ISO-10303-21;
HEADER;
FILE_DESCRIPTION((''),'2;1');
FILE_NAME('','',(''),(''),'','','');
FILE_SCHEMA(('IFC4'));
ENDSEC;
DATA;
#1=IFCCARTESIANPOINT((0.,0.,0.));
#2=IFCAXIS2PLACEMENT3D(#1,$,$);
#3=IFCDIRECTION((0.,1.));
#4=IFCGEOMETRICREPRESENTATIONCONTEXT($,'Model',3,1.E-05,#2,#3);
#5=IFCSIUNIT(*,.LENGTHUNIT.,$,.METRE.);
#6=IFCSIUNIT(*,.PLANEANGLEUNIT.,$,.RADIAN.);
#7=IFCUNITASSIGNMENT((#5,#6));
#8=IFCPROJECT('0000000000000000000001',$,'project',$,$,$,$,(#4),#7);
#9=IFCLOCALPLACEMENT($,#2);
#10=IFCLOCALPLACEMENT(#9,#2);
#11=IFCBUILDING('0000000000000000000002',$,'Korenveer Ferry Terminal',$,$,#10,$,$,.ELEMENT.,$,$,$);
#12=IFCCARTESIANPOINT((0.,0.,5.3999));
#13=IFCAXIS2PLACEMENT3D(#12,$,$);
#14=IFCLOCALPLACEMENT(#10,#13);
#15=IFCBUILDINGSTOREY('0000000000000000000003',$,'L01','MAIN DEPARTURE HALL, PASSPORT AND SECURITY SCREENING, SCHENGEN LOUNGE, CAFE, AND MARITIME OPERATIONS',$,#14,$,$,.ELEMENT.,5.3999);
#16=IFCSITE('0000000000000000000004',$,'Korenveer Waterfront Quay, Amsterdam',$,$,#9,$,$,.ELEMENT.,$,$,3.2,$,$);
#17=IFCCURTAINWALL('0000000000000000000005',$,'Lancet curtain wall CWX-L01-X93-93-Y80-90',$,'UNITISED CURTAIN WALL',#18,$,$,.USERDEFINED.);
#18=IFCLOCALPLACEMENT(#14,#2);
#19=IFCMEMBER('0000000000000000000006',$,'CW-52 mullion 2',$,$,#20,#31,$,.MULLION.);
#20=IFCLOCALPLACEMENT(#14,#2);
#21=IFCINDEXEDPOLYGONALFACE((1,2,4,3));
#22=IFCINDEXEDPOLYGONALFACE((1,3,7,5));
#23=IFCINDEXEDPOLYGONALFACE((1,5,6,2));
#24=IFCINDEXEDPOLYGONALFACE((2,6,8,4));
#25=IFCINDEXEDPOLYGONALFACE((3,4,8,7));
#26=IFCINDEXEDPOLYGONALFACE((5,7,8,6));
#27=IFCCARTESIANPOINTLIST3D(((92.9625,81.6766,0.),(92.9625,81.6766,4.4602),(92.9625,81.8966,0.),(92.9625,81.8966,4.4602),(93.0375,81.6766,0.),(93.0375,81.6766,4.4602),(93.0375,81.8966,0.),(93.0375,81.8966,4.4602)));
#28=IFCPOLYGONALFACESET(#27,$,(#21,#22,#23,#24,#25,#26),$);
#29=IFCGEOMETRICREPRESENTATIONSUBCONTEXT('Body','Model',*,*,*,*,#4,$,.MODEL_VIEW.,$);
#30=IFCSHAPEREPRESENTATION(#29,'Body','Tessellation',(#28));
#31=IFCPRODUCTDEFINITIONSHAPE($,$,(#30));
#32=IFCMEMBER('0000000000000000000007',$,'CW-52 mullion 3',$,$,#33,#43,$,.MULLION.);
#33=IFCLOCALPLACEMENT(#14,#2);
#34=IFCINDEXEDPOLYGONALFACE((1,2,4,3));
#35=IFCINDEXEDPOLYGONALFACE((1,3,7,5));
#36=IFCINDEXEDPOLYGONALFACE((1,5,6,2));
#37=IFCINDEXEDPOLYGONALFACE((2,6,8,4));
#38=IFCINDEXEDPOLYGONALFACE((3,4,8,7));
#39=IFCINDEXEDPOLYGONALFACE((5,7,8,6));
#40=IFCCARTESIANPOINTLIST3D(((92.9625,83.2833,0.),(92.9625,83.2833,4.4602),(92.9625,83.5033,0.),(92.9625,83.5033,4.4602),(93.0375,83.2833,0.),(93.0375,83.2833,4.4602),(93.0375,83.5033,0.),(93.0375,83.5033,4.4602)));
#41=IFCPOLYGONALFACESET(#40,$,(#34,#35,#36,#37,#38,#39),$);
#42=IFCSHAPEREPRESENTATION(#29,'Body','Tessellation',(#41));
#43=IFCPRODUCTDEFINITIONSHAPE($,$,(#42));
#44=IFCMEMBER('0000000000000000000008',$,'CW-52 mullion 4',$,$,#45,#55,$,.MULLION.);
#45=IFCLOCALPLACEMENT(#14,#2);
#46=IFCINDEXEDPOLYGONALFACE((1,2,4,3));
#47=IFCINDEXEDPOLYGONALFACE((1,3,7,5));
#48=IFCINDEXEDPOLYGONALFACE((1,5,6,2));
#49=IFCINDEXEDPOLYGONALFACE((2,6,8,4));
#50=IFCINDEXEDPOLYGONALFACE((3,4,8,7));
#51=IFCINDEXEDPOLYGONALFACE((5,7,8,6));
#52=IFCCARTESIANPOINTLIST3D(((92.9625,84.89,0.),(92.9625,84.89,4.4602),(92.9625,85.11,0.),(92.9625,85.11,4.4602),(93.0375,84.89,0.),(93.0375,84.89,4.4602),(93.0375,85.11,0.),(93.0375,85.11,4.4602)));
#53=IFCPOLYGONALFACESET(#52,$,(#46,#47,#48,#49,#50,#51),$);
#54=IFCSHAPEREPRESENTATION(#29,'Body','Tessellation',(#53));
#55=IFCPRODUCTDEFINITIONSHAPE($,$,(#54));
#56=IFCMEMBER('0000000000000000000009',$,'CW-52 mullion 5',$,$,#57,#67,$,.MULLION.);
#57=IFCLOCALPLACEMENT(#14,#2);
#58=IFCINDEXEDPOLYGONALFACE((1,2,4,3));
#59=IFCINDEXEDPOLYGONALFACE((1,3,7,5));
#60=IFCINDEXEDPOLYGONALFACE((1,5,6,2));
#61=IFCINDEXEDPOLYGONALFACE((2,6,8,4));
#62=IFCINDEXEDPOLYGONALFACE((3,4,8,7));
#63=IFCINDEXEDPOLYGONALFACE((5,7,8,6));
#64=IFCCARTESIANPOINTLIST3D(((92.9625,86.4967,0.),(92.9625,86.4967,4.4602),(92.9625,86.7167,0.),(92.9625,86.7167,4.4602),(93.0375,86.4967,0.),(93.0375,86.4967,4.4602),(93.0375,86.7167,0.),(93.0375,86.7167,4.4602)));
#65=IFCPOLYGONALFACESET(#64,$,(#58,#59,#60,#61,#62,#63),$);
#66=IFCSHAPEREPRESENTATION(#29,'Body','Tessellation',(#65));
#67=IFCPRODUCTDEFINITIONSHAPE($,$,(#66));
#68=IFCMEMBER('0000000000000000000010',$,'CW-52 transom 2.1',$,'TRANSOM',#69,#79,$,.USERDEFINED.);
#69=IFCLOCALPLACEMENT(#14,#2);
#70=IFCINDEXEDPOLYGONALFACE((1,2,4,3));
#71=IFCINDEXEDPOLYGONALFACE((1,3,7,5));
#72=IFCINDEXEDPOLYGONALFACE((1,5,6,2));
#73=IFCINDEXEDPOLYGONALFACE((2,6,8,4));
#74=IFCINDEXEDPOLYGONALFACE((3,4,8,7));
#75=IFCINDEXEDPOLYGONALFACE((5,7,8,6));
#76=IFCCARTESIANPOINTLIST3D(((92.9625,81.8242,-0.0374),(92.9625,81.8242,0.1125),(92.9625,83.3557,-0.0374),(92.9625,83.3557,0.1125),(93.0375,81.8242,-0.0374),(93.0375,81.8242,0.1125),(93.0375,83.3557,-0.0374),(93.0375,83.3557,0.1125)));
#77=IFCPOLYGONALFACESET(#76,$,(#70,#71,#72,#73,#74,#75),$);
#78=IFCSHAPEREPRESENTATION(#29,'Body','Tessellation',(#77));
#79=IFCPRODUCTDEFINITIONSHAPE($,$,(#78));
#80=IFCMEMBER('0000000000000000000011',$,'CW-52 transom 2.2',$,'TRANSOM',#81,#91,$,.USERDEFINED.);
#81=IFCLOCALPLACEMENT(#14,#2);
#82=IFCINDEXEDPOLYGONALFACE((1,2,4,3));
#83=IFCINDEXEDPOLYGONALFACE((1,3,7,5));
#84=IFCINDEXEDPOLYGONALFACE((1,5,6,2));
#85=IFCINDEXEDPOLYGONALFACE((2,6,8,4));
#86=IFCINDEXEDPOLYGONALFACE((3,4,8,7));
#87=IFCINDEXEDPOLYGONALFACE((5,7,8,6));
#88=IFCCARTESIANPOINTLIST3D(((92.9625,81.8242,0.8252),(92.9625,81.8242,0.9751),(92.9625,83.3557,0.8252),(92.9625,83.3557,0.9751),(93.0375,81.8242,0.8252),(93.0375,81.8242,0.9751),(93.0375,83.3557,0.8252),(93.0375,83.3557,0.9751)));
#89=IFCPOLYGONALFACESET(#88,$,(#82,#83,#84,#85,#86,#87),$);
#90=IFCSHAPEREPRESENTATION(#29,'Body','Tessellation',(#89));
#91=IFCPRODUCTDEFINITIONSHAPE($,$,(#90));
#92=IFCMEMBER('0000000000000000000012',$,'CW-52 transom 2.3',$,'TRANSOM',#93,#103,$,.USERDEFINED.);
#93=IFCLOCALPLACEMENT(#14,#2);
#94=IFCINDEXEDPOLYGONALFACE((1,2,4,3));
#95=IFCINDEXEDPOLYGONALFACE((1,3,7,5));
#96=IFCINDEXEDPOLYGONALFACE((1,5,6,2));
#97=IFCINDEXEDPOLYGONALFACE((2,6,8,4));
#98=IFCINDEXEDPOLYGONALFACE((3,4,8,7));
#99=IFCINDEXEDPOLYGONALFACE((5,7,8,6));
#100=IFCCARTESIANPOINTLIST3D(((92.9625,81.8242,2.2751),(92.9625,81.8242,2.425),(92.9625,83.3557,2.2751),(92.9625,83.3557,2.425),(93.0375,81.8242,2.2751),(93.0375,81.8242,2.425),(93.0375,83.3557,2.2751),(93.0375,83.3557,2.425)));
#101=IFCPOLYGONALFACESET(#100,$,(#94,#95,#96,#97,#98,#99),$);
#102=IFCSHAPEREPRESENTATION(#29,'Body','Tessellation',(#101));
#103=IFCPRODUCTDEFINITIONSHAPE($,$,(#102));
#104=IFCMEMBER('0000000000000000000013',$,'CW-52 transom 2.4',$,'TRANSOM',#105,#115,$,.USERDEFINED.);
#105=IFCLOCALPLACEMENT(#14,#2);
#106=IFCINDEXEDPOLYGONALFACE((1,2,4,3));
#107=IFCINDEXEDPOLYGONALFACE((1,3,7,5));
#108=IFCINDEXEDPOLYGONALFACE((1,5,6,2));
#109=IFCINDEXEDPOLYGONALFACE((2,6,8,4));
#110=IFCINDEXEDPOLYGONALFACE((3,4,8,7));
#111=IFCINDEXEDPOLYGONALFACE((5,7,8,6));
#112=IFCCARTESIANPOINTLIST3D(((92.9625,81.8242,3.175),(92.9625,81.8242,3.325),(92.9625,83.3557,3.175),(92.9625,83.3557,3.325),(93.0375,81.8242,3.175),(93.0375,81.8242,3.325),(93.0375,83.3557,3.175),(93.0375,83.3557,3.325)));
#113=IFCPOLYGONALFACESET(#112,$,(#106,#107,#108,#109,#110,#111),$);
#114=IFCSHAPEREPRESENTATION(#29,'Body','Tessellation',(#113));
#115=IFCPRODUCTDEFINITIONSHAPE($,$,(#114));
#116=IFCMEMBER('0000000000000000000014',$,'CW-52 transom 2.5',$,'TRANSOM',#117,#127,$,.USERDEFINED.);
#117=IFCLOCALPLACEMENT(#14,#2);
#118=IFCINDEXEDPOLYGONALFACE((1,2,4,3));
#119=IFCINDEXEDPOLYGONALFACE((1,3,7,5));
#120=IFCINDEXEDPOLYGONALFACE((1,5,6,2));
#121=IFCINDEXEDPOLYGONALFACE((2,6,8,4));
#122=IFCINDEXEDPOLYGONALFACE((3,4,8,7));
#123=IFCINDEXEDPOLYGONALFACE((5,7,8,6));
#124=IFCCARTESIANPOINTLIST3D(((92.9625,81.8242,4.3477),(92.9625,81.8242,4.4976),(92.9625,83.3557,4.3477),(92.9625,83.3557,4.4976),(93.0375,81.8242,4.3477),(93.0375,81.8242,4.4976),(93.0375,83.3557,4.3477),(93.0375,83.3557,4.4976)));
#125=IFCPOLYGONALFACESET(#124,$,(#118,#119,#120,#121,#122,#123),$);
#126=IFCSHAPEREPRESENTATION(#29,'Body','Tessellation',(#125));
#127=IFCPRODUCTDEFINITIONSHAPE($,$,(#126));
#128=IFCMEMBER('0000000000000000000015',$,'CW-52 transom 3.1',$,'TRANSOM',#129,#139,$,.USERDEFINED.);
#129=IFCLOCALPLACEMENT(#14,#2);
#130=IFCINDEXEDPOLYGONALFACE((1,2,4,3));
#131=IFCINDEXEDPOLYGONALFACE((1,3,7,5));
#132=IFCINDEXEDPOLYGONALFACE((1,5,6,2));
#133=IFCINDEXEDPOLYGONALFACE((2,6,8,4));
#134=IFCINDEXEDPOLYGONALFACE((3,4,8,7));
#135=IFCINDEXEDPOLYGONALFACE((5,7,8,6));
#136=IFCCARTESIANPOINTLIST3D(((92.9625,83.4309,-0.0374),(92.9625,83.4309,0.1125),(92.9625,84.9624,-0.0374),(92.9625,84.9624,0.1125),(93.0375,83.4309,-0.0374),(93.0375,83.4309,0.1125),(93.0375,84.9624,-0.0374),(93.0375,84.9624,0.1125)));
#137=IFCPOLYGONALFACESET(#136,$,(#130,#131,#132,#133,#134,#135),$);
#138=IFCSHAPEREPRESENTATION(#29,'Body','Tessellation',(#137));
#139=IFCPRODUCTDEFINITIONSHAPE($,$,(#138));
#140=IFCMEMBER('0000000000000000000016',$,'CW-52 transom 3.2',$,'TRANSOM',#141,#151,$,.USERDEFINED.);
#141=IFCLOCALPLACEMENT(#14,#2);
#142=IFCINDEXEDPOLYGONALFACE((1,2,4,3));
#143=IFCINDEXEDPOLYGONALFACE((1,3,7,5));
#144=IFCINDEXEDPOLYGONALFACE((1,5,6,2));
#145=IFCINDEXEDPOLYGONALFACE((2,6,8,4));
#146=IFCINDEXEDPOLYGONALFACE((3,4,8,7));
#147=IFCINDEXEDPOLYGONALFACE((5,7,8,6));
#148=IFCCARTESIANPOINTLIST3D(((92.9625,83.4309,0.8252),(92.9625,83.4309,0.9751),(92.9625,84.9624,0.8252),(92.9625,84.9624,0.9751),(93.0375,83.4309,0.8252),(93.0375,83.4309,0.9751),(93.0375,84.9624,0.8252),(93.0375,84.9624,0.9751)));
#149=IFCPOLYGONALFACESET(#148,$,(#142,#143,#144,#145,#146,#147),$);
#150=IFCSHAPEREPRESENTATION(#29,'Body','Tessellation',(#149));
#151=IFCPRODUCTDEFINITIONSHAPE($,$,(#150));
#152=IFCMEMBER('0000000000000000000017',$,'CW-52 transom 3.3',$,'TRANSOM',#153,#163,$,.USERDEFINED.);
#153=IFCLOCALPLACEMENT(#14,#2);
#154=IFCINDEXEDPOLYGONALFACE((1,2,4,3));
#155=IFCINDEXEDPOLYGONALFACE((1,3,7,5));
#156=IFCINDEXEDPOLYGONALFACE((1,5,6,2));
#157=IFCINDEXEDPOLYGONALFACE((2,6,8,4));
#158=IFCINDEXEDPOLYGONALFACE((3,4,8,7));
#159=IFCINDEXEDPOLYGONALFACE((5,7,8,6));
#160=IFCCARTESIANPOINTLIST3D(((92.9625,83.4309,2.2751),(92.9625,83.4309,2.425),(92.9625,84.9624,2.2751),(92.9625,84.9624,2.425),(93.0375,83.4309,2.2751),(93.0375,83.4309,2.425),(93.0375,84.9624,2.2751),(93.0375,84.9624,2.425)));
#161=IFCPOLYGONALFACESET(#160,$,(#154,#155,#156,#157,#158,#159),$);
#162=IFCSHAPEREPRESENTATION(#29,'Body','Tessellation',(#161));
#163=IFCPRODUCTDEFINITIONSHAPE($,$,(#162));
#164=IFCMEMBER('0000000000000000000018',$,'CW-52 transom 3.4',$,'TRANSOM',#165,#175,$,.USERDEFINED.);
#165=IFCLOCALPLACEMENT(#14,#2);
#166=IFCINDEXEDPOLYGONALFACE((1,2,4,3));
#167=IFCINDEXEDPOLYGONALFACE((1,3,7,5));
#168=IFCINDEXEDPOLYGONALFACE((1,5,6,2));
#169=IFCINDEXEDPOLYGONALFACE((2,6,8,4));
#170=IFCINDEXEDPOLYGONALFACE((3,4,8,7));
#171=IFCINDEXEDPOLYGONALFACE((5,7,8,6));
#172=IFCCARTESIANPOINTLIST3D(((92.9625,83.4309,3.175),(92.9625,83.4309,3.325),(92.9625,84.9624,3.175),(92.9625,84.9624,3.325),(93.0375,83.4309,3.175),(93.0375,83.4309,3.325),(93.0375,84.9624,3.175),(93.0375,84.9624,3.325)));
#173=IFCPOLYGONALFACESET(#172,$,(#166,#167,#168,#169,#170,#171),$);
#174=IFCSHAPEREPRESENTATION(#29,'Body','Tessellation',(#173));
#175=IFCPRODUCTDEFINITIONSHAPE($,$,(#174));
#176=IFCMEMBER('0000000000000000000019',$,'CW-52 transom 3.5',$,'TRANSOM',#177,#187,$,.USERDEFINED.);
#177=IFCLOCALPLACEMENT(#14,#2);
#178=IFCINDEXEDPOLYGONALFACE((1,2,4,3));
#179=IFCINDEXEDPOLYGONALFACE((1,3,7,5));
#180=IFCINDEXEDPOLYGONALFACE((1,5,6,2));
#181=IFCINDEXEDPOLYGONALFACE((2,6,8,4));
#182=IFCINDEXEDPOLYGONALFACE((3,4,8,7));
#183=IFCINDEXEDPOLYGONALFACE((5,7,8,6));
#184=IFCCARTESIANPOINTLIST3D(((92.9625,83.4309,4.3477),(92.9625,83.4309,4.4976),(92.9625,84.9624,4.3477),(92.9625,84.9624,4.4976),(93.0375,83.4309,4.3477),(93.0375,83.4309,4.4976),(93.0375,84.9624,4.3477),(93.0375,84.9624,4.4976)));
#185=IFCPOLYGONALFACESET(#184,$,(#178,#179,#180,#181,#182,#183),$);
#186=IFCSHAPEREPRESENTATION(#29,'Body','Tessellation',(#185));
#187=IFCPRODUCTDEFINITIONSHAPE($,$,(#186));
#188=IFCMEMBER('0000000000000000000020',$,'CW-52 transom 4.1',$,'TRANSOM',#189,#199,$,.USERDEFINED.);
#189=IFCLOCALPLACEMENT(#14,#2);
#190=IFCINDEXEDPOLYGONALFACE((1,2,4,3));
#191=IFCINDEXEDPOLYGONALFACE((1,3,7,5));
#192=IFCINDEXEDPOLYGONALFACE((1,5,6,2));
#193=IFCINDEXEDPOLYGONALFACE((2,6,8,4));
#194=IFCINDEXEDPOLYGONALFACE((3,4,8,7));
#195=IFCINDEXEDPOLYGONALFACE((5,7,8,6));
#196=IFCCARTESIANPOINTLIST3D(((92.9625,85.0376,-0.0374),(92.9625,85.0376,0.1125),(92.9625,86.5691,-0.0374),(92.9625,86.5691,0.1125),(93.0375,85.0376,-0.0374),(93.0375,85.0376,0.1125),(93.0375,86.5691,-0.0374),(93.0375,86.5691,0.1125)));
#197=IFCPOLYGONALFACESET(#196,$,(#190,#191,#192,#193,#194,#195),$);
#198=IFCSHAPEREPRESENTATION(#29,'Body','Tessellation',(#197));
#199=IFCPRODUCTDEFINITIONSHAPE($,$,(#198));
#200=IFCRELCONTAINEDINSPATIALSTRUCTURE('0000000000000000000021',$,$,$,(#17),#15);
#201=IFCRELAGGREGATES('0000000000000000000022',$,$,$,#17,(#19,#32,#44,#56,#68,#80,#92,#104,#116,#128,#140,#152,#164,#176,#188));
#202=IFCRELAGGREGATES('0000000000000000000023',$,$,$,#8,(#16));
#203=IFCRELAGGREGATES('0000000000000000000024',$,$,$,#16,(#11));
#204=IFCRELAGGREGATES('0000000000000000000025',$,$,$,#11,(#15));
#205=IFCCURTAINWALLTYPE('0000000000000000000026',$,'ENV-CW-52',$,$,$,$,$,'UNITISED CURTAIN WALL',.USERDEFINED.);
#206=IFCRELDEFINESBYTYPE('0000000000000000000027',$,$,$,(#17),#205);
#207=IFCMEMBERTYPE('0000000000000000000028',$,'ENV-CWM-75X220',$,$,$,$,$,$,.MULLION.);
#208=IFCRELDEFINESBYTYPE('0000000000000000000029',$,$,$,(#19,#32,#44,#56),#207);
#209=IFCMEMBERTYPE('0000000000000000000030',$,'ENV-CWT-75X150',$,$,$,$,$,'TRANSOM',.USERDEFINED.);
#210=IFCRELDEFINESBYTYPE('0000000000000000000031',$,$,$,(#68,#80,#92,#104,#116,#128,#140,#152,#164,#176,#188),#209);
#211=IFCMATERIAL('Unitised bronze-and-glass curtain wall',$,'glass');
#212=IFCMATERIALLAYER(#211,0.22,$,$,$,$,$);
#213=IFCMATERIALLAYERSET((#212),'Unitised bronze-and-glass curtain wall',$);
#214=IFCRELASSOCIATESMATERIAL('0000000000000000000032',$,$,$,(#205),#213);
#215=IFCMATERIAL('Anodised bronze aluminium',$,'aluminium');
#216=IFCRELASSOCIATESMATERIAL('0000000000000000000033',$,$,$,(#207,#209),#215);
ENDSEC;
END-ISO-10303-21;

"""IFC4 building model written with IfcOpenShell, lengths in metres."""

from ifc_helpers import new_model, si_unit, direction, frame, origin, origin_2d, place, context, subcontext, project, spatial, rectangle, extrude, material, layer, layer_set, material_profile, profile_set, type_object, element, aggregate, save


model = new_model("IFC4")

# Units and contexts
model_context = context("Model", 3, precision=1e-05, world=origin(), true_north=direction((0.0, 1.0)))
body_context = subcontext(model_context, "Body", "Model", "MODEL_VIEW")
ifc_project = project(units=[si_unit("LENGTHUNIT", "METRE"), si_unit("PLANEANGLEUNIT", "RADIAN")], contexts=[model_context])

# Site, building, storey
site_placement = place(None, origin())
site = spatial("IfcSite", under=ifc_project, at=site_placement, Name="Korenveer Waterfront Quay, Amsterdam", CompositionType="ELEMENT", RefElevation=3.2)
building_placement = place(site_placement, origin())
building = spatial("IfcBuilding", under=site, at=building_placement, Name="Korenveer Ferry Terminal", CompositionType="ELEMENT")
storey_placement = place(building_placement, frame((0.0, 0.0, 5.3999)))
storey = spatial("IfcBuildingStorey", under=building, at=storey_placement, Name="L01", Description="MAIN DEPARTURE HALL, PASSPORT AND SECURITY SCREENING, SCHENGEN LOUNGE, CAFE, AND MARITIME OPERATIONS", CompositionType="ELEMENT", Elevation=5.3999)

# Curtain wall, members
ifc_material_1 = material(Name="Unitised bronze-and-glass curtain wall", Category="glass")
ifc_layer_1 = layer(ifc_material_1, 0.22)
ifc_layer_set_1 = layer_set([ifc_layer_1], Name="Unitised bronze-and-glass curtain wall")
curtain_wall_type = type_object("IfcCurtainWallType", Name="ENV-CW-52", ElementType="UNITISED CURTAIN WALL", PredefinedType="USERDEFINED", material=ifc_layer_set_1)
curtain_wall_placement = place(storey_placement, frame((93.0, 80.1799, 0.0)))
curtain_wall = element("IfcCurtainWall", 1, at=curtain_wall_placement, inside=storey, type_object=curtain_wall_type, Name="Lancet curtain wall CWX-L01-X93-93-Y80-90", ObjectType="UNITISED CURTAIN WALL", PredefinedType="USERDEFINED")
ifc_material_2 = material(Name="Anodised bronze aluminium", Category="aluminium")
ifc_material_profile_1 = material_profile(ifc_material_2, rectangle(XDim=0.075, YDim=0.22, at=origin_2d()), Name="ALU 75x220")
ifc_profile_set_1 = profile_set([ifc_material_profile_1], Name="Anodised bronze aluminium")
member_type_1 = type_object("IfcMemberType", Name="ENV-CWM-75X220", PredefinedType="MULLION", material=ifc_profile_set_1)
member_1_placement = place(storey_placement, frame((93.0, 81.7866, 0.0), z_axis=(0.0, 0.0, 1.0), x_axis=(-1.0, 0.0, 0.0)))
member_1 = element("IfcMember", 2, at=member_1_placement, type_object=member_type_1, Name="CW-52 mullion 2", PredefinedType="MULLION", context=body_context, shape_type="SweptSolid", body=[
    extrude(rectangle(XDim=0.075, YDim=0.22, at=origin_2d()), origin(), (0.0, 0.0, 1.0), 4.4602),
])
member_2_placement = place(storey_placement, frame((93.0, 83.3933, 0.0), z_axis=(0.0, 0.0, 1.0), x_axis=(-1.0, 0.0, 0.0)))
member_2 = element("IfcMember", 3, at=member_2_placement, type_object=member_type_1, Name="CW-52 mullion 3", PredefinedType="MULLION", context=body_context, shape_type="SweptSolid", body=[
    extrude(rectangle(XDim=0.075, YDim=0.22, at=origin_2d()), origin(), (0.0, 0.0, 1.0), 4.4602),
])
member_3_placement = place(storey_placement, frame((93.0, 85.0, 0.0), z_axis=(0.0, 0.0, 1.0), x_axis=(-1.0, 0.0, 0.0)))
member_3 = element("IfcMember", 4, at=member_3_placement, type_object=member_type_1, Name="CW-52 mullion 4", PredefinedType="MULLION", context=body_context, shape_type="SweptSolid", body=[
    extrude(rectangle(XDim=0.075, YDim=0.22, at=origin_2d()), origin(), (0.0, 0.0, 1.0), 4.4602),
])
member_4_placement = place(storey_placement, frame((93.0, 86.6067, 0.0), z_axis=(0.0, 0.0, 1.0), x_axis=(-1.0, 0.0, 0.0)))
member_4 = element("IfcMember", 5, at=member_4_placement, type_object=member_type_1, Name="CW-52 mullion 5", PredefinedType="MULLION", context=body_context, shape_type="SweptSolid", body=[
    extrude(rectangle(XDim=0.075, YDim=0.22, at=origin_2d()), origin(), (0.0, 0.0, 1.0), 4.4602),
])
ifc_material_profile_2 = material_profile(ifc_material_2, rectangle(XDim=0.075, YDim=0.1499, at=origin_2d()), Name="ALU 75x150")
ifc_profile_set_2 = profile_set([ifc_material_profile_2], Name="Anodised bronze aluminium")
member_type_2 = type_object("IfcMemberType", Name="ENV-CWT-75X150", ElementType="TRANSOM", PredefinedType="USERDEFINED", material=ifc_profile_set_2)
member_5_placement = place(storey_placement, frame((93.0, 81.8242, 0.0376), z_axis=(0.0, 1.0, 0.0), x_axis=(-1.0, 0.0, 0.0)))
member_5 = element("IfcMember", 6, at=member_5_placement, type_object=member_type_2, Name="CW-52 transom 2.1", ObjectType="TRANSOM", PredefinedType="USERDEFINED", context=body_context, shape_type="SweptSolid", body=[
    extrude(rectangle(XDim=0.075, YDim=0.1499, at=origin_2d()), origin(), (0.0, 0.0, 1.0), 1.5315),
])
member_6_placement = place(storey_placement, frame((93.0, 81.8242, 0.9001), z_axis=(0.0, 1.0, 0.0), x_axis=(-1.0, 0.0, 0.0)))
member_6 = element("IfcMember", 7, at=member_6_placement, type_object=member_type_2, Name="CW-52 transom 2.2", ObjectType="TRANSOM", PredefinedType="USERDEFINED", context=body_context, shape_type="SweptSolid", body=[
    extrude(rectangle(XDim=0.075, YDim=0.1499, at=origin_2d()), origin(), (0.0, 0.0, 1.0), 1.5315),
])
member_7_placement = place(storey_placement, frame((93.0, 81.8242, 2.3501), z_axis=(0.0, 1.0, 0.0), x_axis=(-1.0, 0.0, 0.0)))
member_7 = element("IfcMember", 8, at=member_7_placement, type_object=member_type_2, Name="CW-52 transom 2.3", ObjectType="TRANSOM", PredefinedType="USERDEFINED", context=body_context, shape_type="SweptSolid", body=[
    extrude(rectangle(XDim=0.075, YDim=0.1499, at=origin_2d()), origin(), (0.0, 0.0, 1.0), 1.5315),
])
member_8_placement = place(storey_placement, frame((93.0, 81.8242, 3.25), z_axis=(0.0, 1.0, 0.0), x_axis=(-1.0, 0.0, 0.0)))
member_8 = element("IfcMember", 9, at=member_8_placement, type_object=member_type_2, Name="CW-52 transom 2.4", ObjectType="TRANSOM", PredefinedType="USERDEFINED", context=body_context, shape_type="SweptSolid", body=[
    extrude(rectangle(XDim=0.075, YDim=0.1499, at=origin_2d()), origin(), (0.0, 0.0, 1.0), 1.5315),
])
member_9_placement = place(storey_placement, frame((93.0, 81.8242, 4.4226), z_axis=(0.0, 1.0, 0.0), x_axis=(-1.0, 0.0, 0.0)))
member_9 = element("IfcMember", 10, at=member_9_placement, type_object=member_type_2, Name="CW-52 transom 2.5", ObjectType="TRANSOM", PredefinedType="USERDEFINED", context=body_context, shape_type="SweptSolid", body=[
    extrude(rectangle(XDim=0.075, YDim=0.1499, at=origin_2d()), origin(), (0.0, 0.0, 1.0), 1.5315),
])
member_10_placement = place(storey_placement, frame((93.0, 83.4309, 0.0376), z_axis=(0.0, 1.0, 0.0), x_axis=(-1.0, 0.0, 0.0)))
member_10 = element("IfcMember", 11, at=member_10_placement, type_object=member_type_2, Name="CW-52 transom 3.1", ObjectType="TRANSOM", PredefinedType="USERDEFINED", context=body_context, shape_type="SweptSolid", body=[
    extrude(rectangle(XDim=0.075, YDim=0.1499, at=origin_2d()), origin(), (0.0, 0.0, 1.0), 1.5315),
])
member_11_placement = place(storey_placement, frame((93.0, 83.4309, 0.9001), z_axis=(0.0, 1.0, 0.0), x_axis=(-1.0, 0.0, 0.0)))
member_11 = element("IfcMember", 12, at=member_11_placement, type_object=member_type_2, Name="CW-52 transom 3.2", ObjectType="TRANSOM", PredefinedType="USERDEFINED", context=body_context, shape_type="SweptSolid", body=[
    extrude(rectangle(XDim=0.075, YDim=0.1499, at=origin_2d()), origin(), (0.0, 0.0, 1.0), 1.5315),
])
member_12_placement = place(storey_placement, frame((93.0, 83.4309, 2.3501), z_axis=(0.0, 1.0, 0.0), x_axis=(-1.0, 0.0, 0.0)))
member_12 = element("IfcMember", 13, at=member_12_placement, type_object=member_type_2, Name="CW-52 transom 3.3", ObjectType="TRANSOM", PredefinedType="USERDEFINED", context=body_context, shape_type="SweptSolid", body=[
    extrude(rectangle(XDim=0.075, YDim=0.1499, at=origin_2d()), origin(), (0.0, 0.0, 1.0), 1.5315),
])
member_13_placement = place(storey_placement, frame((93.0, 83.4309, 3.25), z_axis=(0.0, 1.0, 0.0), x_axis=(-1.0, 0.0, 0.0)))
member_13 = element("IfcMember", 14, at=member_13_placement, type_object=member_type_2, Name="CW-52 transom 3.4", ObjectType="TRANSOM", PredefinedType="USERDEFINED", context=body_context, shape_type="SweptSolid", body=[
    extrude(rectangle(XDim=0.075, YDim=0.1499, at=origin_2d()), origin(), (0.0, 0.0, 1.0), 1.5315),
])
member_14_placement = place(storey_placement, frame((93.0, 83.4309, 4.4226), z_axis=(0.0, 1.0, 0.0), x_axis=(-1.0, 0.0, 0.0)))
member_14 = element("IfcMember", 15, at=member_14_placement, type_object=member_type_2, Name="CW-52 transom 3.5", ObjectType="TRANSOM", PredefinedType="USERDEFINED", context=body_context, shape_type="SweptSolid", body=[
    extrude(rectangle(XDim=0.075, YDim=0.1499, at=origin_2d()), origin(), (0.0, 0.0, 1.0), 1.5315),
])
member_15_placement = place(storey_placement, frame((93.0, 85.0376, 0.0376), z_axis=(0.0, 1.0, 0.0), x_axis=(-1.0, 0.0, 0.0)))
member_15 = element("IfcMember", 16, at=member_15_placement, type_object=member_type_2, Name="CW-52 transom 4.1", ObjectType="TRANSOM", PredefinedType="USERDEFINED", context=body_context, shape_type="SweptSolid", body=[
    extrude(rectangle(XDim=0.075, YDim=0.1499, at=origin_2d()), origin(), (0.0, 0.0, 1.0), 1.5315),
])
aggregate(curtain_wall, [member_1, member_2, member_3, member_4, member_5, member_6, member_7, member_8, member_9, member_10, member_11, member_12, member_13, member_14, member_15])

save(model, "model.ifc")
